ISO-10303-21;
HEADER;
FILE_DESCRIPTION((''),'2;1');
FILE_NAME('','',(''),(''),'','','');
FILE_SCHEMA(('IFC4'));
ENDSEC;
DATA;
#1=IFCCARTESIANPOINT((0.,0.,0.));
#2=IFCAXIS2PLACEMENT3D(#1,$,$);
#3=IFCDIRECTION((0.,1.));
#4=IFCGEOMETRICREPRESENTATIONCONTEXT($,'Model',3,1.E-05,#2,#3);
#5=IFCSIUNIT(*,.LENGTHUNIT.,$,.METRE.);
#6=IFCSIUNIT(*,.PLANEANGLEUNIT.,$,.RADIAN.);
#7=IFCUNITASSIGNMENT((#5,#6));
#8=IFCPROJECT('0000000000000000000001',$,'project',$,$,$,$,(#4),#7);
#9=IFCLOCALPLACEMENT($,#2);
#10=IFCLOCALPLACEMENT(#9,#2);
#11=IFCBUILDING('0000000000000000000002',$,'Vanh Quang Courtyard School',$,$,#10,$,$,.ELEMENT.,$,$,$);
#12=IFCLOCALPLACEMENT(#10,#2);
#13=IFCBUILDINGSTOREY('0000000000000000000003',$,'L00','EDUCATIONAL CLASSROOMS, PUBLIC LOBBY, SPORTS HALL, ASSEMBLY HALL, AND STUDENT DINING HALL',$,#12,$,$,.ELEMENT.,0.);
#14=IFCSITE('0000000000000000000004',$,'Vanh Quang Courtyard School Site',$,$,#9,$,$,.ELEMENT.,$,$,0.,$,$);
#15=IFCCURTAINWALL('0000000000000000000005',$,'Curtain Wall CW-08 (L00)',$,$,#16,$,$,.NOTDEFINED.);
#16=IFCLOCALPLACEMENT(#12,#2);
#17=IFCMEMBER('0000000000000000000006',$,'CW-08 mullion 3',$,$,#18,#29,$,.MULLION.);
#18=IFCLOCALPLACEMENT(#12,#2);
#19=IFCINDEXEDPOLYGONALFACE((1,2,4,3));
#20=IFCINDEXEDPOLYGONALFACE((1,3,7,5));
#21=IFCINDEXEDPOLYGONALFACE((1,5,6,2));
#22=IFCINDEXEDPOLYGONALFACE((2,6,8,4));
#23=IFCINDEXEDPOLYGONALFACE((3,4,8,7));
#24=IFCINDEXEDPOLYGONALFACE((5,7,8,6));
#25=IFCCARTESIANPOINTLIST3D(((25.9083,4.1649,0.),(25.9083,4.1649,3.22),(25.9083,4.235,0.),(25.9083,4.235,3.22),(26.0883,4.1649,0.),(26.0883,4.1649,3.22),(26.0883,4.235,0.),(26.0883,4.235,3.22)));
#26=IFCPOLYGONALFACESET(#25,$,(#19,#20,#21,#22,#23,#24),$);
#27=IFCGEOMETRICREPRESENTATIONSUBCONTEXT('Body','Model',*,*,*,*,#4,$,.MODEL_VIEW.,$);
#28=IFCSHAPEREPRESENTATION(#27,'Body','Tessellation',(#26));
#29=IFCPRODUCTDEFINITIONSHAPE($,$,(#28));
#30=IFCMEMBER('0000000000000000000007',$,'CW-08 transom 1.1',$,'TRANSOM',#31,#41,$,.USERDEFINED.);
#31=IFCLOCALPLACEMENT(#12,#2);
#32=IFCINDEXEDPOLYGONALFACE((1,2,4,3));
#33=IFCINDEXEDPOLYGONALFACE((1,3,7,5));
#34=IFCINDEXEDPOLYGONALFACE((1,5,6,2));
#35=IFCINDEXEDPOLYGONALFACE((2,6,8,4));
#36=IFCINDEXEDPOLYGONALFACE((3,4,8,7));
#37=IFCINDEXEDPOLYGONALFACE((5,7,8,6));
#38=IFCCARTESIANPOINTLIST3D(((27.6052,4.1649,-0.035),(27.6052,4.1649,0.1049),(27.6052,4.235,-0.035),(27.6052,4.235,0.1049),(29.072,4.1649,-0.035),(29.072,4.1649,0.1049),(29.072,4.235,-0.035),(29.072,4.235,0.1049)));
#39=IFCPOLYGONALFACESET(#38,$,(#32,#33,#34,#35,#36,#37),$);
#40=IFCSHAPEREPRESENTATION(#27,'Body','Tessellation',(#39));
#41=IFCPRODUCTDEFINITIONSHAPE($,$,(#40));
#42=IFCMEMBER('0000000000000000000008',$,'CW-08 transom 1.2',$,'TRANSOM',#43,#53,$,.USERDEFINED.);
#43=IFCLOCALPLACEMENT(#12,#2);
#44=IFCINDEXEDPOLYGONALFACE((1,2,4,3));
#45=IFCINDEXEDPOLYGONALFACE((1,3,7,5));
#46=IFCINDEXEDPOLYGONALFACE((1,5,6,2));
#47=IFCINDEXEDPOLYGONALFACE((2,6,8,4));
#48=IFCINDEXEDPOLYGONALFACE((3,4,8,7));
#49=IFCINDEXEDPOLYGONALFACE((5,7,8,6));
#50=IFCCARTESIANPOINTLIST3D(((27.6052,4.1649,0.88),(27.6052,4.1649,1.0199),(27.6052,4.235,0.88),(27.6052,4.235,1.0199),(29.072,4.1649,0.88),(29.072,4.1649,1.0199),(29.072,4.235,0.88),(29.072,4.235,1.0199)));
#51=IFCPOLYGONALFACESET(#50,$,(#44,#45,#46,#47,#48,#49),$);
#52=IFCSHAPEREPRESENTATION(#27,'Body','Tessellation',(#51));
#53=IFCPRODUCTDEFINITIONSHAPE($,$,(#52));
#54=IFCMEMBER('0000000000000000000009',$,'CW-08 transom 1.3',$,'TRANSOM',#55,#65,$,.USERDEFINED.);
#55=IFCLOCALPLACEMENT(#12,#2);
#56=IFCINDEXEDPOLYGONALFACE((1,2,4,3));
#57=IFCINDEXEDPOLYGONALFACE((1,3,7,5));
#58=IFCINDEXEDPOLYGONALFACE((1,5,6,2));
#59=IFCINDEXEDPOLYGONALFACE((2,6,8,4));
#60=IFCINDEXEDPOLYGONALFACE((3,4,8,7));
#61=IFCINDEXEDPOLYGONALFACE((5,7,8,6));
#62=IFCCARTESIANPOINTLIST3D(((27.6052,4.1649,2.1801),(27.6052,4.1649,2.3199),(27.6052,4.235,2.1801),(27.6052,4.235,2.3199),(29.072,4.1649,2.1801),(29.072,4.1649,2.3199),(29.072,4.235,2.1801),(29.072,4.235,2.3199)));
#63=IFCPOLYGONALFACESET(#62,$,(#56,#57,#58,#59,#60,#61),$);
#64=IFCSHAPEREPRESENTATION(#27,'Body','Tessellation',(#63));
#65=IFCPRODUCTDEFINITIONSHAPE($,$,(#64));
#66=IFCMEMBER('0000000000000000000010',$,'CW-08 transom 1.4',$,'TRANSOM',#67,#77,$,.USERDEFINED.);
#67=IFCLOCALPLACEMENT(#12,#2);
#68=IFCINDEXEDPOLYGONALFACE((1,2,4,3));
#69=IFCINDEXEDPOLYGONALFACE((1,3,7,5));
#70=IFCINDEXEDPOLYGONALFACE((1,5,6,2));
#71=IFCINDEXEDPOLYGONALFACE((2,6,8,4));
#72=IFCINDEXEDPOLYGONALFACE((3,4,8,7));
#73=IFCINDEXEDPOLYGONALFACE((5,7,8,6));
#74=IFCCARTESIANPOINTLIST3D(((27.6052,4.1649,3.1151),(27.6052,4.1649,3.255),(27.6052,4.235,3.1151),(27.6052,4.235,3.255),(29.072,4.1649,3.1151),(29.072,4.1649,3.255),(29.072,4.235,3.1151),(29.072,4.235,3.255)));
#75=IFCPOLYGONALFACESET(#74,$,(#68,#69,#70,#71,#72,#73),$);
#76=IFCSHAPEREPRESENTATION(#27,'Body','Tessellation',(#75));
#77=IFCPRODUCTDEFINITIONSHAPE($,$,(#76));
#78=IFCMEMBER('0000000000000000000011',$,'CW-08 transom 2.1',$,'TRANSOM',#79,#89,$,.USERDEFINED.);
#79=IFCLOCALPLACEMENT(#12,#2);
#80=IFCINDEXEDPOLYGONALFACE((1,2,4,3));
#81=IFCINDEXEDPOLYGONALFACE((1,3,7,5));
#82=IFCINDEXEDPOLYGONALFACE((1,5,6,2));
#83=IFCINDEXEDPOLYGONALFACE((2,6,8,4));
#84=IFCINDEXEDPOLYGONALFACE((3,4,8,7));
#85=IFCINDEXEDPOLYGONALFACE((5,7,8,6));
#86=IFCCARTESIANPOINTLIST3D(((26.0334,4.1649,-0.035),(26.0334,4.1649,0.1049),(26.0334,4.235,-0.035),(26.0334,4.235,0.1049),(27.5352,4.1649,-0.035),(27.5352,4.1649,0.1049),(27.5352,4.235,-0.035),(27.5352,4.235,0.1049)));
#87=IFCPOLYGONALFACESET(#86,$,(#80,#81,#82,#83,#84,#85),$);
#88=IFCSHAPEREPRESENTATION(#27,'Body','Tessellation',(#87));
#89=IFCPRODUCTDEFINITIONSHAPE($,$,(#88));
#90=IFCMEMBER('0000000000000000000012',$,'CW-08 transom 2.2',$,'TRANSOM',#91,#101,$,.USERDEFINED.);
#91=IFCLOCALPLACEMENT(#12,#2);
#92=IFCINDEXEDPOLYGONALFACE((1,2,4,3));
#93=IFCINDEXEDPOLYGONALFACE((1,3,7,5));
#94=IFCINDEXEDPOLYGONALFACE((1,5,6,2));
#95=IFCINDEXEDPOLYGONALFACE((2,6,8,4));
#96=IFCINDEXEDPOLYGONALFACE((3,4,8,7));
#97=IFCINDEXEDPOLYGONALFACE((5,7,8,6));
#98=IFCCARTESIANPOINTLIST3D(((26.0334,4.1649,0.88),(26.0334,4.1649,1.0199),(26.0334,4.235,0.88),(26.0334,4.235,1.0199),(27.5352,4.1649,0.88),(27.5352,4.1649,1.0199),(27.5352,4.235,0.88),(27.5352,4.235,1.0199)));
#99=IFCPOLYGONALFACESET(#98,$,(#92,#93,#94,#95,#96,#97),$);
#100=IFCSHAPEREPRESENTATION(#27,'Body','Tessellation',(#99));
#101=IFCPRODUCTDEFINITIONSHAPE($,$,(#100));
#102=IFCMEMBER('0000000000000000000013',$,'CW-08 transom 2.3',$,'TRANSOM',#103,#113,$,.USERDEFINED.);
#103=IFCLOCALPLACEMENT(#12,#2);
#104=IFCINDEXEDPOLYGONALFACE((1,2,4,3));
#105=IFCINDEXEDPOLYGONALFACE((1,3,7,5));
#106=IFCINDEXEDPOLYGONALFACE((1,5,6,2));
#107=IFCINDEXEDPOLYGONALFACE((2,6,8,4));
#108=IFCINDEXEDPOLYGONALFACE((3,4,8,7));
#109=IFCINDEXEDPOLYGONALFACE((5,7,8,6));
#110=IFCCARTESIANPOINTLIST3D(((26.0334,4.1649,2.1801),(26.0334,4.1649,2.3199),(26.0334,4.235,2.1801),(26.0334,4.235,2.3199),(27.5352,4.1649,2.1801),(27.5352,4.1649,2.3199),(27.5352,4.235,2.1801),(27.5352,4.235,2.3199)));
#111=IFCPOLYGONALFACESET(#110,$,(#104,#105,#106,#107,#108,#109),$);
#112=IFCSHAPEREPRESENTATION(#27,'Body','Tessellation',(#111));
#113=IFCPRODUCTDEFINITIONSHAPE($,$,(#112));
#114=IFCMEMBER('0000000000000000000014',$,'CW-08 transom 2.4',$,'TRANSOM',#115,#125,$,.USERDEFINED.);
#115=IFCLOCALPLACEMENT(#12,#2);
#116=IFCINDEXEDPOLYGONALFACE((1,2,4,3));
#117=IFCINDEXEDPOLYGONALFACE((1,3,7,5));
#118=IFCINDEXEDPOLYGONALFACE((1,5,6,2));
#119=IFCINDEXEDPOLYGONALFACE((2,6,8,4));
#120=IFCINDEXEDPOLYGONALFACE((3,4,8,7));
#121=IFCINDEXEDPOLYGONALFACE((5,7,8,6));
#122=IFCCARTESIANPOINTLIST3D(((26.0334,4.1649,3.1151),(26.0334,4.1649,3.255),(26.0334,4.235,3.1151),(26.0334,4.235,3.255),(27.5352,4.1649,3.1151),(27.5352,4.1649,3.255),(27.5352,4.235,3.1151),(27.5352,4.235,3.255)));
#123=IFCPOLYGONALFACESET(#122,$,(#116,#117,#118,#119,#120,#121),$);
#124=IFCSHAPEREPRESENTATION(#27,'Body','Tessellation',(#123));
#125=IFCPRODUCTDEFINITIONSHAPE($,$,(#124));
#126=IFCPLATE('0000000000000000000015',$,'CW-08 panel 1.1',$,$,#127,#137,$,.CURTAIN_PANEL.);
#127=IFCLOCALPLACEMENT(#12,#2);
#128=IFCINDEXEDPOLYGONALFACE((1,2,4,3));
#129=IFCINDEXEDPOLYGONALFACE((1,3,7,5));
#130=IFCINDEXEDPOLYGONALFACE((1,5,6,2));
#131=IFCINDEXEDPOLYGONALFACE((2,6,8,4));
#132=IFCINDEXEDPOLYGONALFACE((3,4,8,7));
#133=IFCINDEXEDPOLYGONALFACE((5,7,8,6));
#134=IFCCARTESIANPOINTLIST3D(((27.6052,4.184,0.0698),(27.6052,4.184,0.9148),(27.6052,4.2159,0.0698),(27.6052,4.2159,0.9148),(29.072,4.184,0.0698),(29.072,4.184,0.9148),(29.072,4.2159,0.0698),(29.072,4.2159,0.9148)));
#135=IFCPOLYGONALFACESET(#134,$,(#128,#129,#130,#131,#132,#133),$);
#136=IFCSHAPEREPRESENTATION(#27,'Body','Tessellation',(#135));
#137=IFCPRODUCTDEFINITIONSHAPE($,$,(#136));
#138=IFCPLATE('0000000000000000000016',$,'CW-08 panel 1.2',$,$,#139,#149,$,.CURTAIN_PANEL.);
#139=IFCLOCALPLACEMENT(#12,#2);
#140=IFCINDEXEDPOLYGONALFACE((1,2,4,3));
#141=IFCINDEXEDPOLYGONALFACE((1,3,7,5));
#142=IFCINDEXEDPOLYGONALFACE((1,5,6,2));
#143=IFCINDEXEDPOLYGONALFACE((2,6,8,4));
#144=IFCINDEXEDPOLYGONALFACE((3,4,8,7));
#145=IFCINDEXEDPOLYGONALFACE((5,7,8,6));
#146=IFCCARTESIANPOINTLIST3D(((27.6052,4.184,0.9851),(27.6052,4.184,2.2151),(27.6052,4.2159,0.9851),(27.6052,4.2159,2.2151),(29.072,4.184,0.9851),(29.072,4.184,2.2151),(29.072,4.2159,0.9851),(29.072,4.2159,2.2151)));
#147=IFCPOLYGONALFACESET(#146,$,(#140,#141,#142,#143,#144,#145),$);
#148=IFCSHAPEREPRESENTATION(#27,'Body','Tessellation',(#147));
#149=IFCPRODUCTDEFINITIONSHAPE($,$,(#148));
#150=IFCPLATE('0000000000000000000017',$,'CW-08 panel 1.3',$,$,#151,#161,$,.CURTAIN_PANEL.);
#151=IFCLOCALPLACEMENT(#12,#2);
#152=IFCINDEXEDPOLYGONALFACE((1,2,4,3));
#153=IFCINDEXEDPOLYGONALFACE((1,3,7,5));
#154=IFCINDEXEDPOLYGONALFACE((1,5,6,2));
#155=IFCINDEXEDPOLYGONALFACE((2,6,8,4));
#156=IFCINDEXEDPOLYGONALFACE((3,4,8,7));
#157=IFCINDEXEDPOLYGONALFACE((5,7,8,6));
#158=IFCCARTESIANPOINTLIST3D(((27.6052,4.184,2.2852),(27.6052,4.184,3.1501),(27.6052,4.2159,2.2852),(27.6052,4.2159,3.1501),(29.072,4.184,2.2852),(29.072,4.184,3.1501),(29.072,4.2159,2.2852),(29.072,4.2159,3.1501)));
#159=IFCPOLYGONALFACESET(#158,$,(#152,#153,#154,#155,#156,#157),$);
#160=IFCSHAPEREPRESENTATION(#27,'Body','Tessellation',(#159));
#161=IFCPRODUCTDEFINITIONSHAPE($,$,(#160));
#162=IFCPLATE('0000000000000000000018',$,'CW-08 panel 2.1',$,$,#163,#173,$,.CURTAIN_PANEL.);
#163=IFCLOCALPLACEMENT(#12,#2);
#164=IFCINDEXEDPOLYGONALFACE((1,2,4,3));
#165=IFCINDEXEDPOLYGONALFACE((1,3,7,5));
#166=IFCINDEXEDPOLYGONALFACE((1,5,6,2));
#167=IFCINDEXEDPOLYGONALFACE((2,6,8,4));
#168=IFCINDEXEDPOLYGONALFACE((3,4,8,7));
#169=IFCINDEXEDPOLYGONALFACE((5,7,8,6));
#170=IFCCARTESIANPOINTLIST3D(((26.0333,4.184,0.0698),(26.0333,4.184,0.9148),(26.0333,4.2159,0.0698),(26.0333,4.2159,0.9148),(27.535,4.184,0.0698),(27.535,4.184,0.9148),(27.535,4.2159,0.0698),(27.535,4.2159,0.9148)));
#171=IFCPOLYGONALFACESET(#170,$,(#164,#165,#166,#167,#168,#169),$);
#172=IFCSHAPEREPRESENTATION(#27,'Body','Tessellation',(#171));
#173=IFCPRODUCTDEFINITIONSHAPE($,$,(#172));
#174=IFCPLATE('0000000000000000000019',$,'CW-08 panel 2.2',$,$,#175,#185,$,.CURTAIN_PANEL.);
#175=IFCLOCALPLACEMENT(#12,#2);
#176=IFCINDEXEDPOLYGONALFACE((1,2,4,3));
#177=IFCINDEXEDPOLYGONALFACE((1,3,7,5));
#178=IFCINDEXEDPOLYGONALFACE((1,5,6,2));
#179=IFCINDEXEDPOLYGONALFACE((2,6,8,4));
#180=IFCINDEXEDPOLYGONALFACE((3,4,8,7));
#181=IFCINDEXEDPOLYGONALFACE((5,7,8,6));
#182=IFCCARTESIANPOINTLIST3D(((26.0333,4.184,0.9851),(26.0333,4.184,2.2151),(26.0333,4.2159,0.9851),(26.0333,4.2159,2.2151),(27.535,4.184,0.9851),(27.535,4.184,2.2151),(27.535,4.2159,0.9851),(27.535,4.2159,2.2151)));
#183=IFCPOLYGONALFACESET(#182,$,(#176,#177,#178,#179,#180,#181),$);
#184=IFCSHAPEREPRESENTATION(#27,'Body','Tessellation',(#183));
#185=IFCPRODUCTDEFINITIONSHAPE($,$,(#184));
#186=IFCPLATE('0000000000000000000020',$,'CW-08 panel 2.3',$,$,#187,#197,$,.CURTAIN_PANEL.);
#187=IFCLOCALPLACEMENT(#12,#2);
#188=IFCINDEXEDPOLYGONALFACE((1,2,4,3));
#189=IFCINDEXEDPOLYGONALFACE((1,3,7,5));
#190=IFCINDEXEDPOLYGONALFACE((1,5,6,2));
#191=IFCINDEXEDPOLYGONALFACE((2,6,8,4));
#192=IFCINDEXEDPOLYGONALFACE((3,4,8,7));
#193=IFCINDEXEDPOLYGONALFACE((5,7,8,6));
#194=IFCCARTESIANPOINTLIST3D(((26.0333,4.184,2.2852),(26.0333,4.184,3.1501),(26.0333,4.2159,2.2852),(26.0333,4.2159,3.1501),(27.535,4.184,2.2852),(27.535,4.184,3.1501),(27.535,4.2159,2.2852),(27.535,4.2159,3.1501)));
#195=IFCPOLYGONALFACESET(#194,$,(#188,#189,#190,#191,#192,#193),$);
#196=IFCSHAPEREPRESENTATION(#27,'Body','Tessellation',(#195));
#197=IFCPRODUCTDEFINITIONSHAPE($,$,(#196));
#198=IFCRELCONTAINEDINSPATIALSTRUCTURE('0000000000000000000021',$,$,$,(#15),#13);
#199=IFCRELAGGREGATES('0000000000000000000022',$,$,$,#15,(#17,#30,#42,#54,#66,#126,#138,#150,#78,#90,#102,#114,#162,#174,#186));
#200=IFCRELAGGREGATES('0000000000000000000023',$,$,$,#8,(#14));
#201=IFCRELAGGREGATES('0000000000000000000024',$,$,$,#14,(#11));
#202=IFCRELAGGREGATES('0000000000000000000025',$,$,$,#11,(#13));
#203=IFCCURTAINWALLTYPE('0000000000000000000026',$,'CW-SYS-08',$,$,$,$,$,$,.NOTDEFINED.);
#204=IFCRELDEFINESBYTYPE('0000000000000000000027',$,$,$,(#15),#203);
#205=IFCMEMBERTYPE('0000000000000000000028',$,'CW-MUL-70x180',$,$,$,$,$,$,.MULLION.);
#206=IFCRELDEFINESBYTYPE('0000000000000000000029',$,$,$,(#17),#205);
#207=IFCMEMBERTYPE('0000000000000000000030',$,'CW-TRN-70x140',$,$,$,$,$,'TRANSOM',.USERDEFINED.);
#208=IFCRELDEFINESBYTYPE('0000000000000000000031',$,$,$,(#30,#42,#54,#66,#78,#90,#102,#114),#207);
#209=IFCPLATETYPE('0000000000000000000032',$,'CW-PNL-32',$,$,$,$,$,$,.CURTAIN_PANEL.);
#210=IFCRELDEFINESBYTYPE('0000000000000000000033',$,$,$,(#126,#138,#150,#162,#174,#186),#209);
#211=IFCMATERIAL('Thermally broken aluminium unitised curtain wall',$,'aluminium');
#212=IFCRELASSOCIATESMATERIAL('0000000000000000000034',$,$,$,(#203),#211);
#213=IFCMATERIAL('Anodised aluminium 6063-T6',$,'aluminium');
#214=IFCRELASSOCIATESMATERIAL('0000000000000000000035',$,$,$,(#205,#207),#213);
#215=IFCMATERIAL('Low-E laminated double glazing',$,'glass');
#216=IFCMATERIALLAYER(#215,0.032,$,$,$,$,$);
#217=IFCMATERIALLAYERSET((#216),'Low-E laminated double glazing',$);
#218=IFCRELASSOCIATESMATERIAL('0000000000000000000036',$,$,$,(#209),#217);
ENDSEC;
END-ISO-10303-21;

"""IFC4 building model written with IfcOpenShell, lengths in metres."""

from ifc_helpers import new_model, si_unit, direction, frame, origin, origin_2d, place, context, subcontext, project, spatial, rectangle, extrude, material, layer, layer_set, material_profile, profile_set, type_object, element, aggregate, save


model = new_model("IFC4")

# Units and contexts
model_context = context("Model", 3, precision=1e-05, world=origin(), true_north=direction((0.0, 1.0)))
body_context = subcontext(model_context, "Body", "Model", "MODEL_VIEW")
ifc_project = project(units=[si_unit("LENGTHUNIT", "METRE"), si_unit("PLANEANGLEUNIT", "RADIAN")], contexts=[model_context])

# Site, building, storey
site_placement = place(None, origin())
site = spatial("IfcSite", under=ifc_project, at=site_placement, Name="Vanh Quang Courtyard School Site", CompositionType="ELEMENT", RefElevation=0.0)
building_placement = place(site_placement, origin())
building = spatial("IfcBuilding", under=site, at=building_placement, Name="Vanh Quang Courtyard School", CompositionType="ELEMENT")
storey_placement = place(building_placement, origin())
storey = spatial("IfcBuildingStorey", under=building, at=storey_placement, Name="L00", Description="EDUCATIONAL CLASSROOMS, PUBLIC LOBBY, SPORTS HALL, ASSEMBLY HALL, AND STUDENT DINING HALL", CompositionType="ELEMENT", Elevation=0.0)

# Shared definitions
ifc_material_1 = material(Name="Thermally broken aluminium unitised curtain wall", Category="aluminium")
ifc_material_2 = material(Name="Anodised aluminium 6063-T6", Category="aluminium")

# Curtain wall, members, plates
curtain_wall_type_1 = type_object("IfcCurtainWallType", Name="CW-SYS-08", PredefinedType="NOTDEFINED", material=ifc_material_1)
curtain_wall_1_placement = place(storey_placement, origin())
curtain_wall_1 = element("IfcCurtainWall", 1, at=curtain_wall_1_placement, inside=storey, type_object=curtain_wall_type_1, Name="Curtain Wall CW-08 (L00)", PredefinedType="NOTDEFINED")
ifc_material_profile_1 = material_profile(ifc_material_2, rectangle(XDim=0.0701, YDim=0.1799, at=origin_2d()), Name="ALU-MUL 70x180")
ifc_profile_set_1 = profile_set([ifc_material_profile_1], Name="Anodised aluminium 6063-T6")
member_type_1 = type_object("IfcMemberType", Name="CW-MUL-70x180", PredefinedType="MULLION", material=ifc_profile_set_1)
member_1_placement = place(storey_placement, frame((25.9983, 4.2, 0.0), z_axis=(0.0, 0.0, 1.0), x_axis=(0.0, -1.0, 0.0)))
member_1 = element("IfcMember", 2, at=member_1_placement, type_object=member_type_1, Name="CW-08 mullion 3", PredefinedType="MULLION", context=body_context, shape_type="SweptSolid", body=[
    extrude(rectangle(XDim=0.0701, YDim=0.1799, at=origin_2d()), origin(), (0.0, 0.0, 1.0), 3.22),
])
ifc_material_profile_2 = material_profile(ifc_material_2, rectangle(XDim=0.0701, YDim=0.1399, at=origin_2d()), Name="ALU-TRN 70x140")
ifc_profile_set_2 = profile_set([ifc_material_profile_2], Name="Anodised aluminium 6063-T6")
member_type_2 = type_object("IfcMemberType", Name="CW-TRN-70x140", ElementType="TRANSOM", PredefinedType="USERDEFINED", material=ifc_profile_set_2)
member_2_placement = place(storey_placement, frame((29.072, 4.2, 0.0349), z_axis=(-1.0, 0.0, 0.0), x_axis=(0.0, -1.0, 0.0)))
member_2 = element("IfcMember", 3, at=member_2_placement, type_object=member_type_2, Name="CW-08 transom 1.1", ObjectType="TRANSOM", PredefinedType="USERDEFINED", context=body_context, shape_type="SweptSolid", body=[
    extrude(rectangle(XDim=0.0701, YDim=0.1399, at=origin_2d()), origin(), (0.0, 0.0, 1.0), 1.4668),
])
member_3_placement = place(storey_placement, frame((29.072, 4.2, 0.95), z_axis=(-1.0, 0.0, 0.0), x_axis=(0.0, -1.0, 0.0)))
member_3 = element("IfcMember", 4, at=member_3_placement, type_object=member_type_2, Name="CW-08 transom 1.2", ObjectType="TRANSOM", PredefinedType="USERDEFINED", context=body_context, shape_type="SweptSolid", body=[
    extrude(rectangle(XDim=0.0701, YDim=0.1399, at=origin_2d()), origin(), (0.0, 0.0, 1.0), 1.4668),
])
member_4_placement = place(storey_placement, frame((29.072, 4.2, 2.25), z_axis=(-1.0, 0.0, 0.0), x_axis=(0.0, -1.0, 0.0)))
member_4 = element("IfcMember", 5, at=member_4_placement, type_object=member_type_2, Name="CW-08 transom 1.3", ObjectType="TRANSOM", PredefinedType="USERDEFINED", context=body_context, shape_type="SweptSolid", body=[
    extrude(rectangle(XDim=0.0701, YDim=0.1399, at=origin_2d()), origin(), (0.0, 0.0, 1.0), 1.4668),
])
member_5_placement = place(storey_placement, frame((29.072, 4.2, 3.1851), z_axis=(-1.0, 0.0, 0.0), x_axis=(0.0, -1.0, 0.0)))
member_5 = element("IfcMember", 6, at=member_5_placement, type_object=member_type_2, Name="CW-08 transom 1.4", ObjectType="TRANSOM", PredefinedType="USERDEFINED", context=body_context, shape_type="SweptSolid", body=[
    extrude(rectangle(XDim=0.0701, YDim=0.1399, at=origin_2d()), origin(), (0.0, 0.0, 1.0), 1.4668),
])
member_6_placement = place(storey_placement, frame((27.5352, 4.2, 0.0349), z_axis=(-1.0, 0.0, 0.0), x_axis=(0.0, -1.0, 0.0)))
member_6 = element("IfcMember", 7, at=member_6_placement, type_object=member_type_2, Name="CW-08 transom 2.1", ObjectType="TRANSOM", PredefinedType="USERDEFINED", context=body_context, shape_type="SweptSolid", body=[
    extrude(rectangle(XDim=0.0701, YDim=0.1399, at=origin_2d()), origin(), (0.0, 0.0, 1.0), 1.5017),
])
member_7_placement = place(storey_placement, frame((27.5352, 4.2, 0.95), z_axis=(-1.0, 0.0, 0.0), x_axis=(0.0, -1.0, 0.0)))
member_7 = element("IfcMember", 8, at=member_7_placement, type_object=member_type_2, Name="CW-08 transom 2.2", ObjectType="TRANSOM", PredefinedType="USERDEFINED", context=body_context, shape_type="SweptSolid", body=[
    extrude(rectangle(XDim=0.0701, YDim=0.1399, at=origin_2d()), origin(), (0.0, 0.0, 1.0), 1.5017),
])
member_8_placement = place(storey_placement, frame((27.5352, 4.2, 2.25), z_axis=(-1.0, 0.0, 0.0), x_axis=(0.0, -1.0, 0.0)))
member_8 = element("IfcMember", 9, at=member_8_placement, type_object=member_type_2, Name="CW-08 transom 2.3", ObjectType="TRANSOM", PredefinedType="USERDEFINED", context=body_context, shape_type="SweptSolid", body=[
    extrude(rectangle(XDim=0.0701, YDim=0.1399, at=origin_2d()), origin(), (0.0, 0.0, 1.0), 1.5017),
])
member_9_placement = place(storey_placement, frame((27.5352, 4.2, 3.1851), z_axis=(-1.0, 0.0, 0.0), x_axis=(0.0, -1.0, 0.0)))
member_9 = element("IfcMember", 10, at=member_9_placement, type_object=member_type_2, Name="CW-08 transom 2.4", ObjectType="TRANSOM", PredefinedType="USERDEFINED", context=body_context, shape_type="SweptSolid", body=[
    extrude(rectangle(XDim=0.0701, YDim=0.1399, at=origin_2d()), origin(), (0.0, 0.0, 1.0), 1.5017),
])
ifc_material_3 = material(Name="Low-E laminated double glazing", Category="glass")
ifc_layer_1 = layer(ifc_material_3, 0.032)
ifc_layer_set_1 = layer_set([ifc_layer_1], Name="Low-E laminated double glazing")
plate_type = type_object("IfcPlateType", Name="CW-PNL-32", PredefinedType="CURTAIN_PANEL", material=ifc_layer_set_1)
plate_1_placement = place(storey_placement, frame((28.3386, 4.2, 0.0698), z_axis=(0.0, 0.0, 1.0), x_axis=(-1.0, 0.0, 0.0)))
plate_1 = element("IfcPlate", 11, at=plate_1_placement, type_object=plate_type, Name="CW-08 panel 1.1", PredefinedType="CURTAIN_PANEL", context=body_context, shape_type="SweptSolid", body=[
    extrude(rectangle(XDim=1.4668, YDim=0.032, at=origin_2d()), origin(), (0.0, 0.0, 1.0), 0.845),
])
plate_2_placement = place(storey_placement, frame((28.3386, 4.2, 0.9851), z_axis=(0.0, 0.0, 1.0), x_axis=(-1.0, 0.0, 0.0)))
plate_2 = element("IfcPlate", 12, at=plate_2_placement, type_object=plate_type, Name="CW-08 panel 1.2", PredefinedType="CURTAIN_PANEL", context=body_context, shape_type="SweptSolid", body=[
    extrude(rectangle(XDim=1.4668, YDim=0.032, at=origin_2d()), origin(), (0.0, 0.0, 1.0), 1.23),
])
plate_3_placement = place(storey_placement, frame((28.3386, 4.2, 2.2852), z_axis=(0.0, 0.0, 1.0), x_axis=(-1.0, 0.0, 0.0)))
plate_3 = element("IfcPlate", 13, at=plate_3_placement, type_object=plate_type, Name="CW-08 panel 1.3", PredefinedType="CURTAIN_PANEL", context=body_context, shape_type="SweptSolid", body=[
    extrude(rectangle(XDim=1.4668, YDim=0.032, at=origin_2d()), origin(), (0.0, 0.0, 1.0), 0.865),
])
plate_4_placement = place(storey_placement, frame((26.7842, 4.2, 0.0698), z_axis=(0.0, 0.0, 1.0), x_axis=(-1.0, 0.0, 0.0)))
plate_4 = element("IfcPlate", 14, at=plate_4_placement, type_object=plate_type, Name="CW-08 panel 2.1", PredefinedType="CURTAIN_PANEL", context=body_context, shape_type="SweptSolid", body=[
    extrude(rectangle(XDim=1.5017, YDim=0.032, at=origin_2d()), origin(), (0.0, 0.0, 1.0), 0.845),
])
plate_5_placement = place(storey_placement, frame((26.7842, 4.2, 0.9851), z_axis=(0.0, 0.0, 1.0), x_axis=(-1.0, 0.0, 0.0)))
plate_5 = element("IfcPlate", 15, at=plate_5_placement, type_object=plate_type, Name="CW-08 panel 2.2", PredefinedType="CURTAIN_PANEL", context=body_context, shape_type="SweptSolid", body=[
    extrude(rectangle(XDim=1.5017, YDim=0.032, at=origin_2d()), origin(), (0.0, 0.0, 1.0), 1.23),
])
plate_6_placement = place(storey_placement, frame((26.7842, 4.2, 2.2852), z_axis=(0.0, 0.0, 1.0), x_axis=(-1.0, 0.0, 0.0)))
plate_6 = element("IfcPlate", 16, at=plate_6_placement, type_object=plate_type, Name="CW-08 panel 2.3", PredefinedType="CURTAIN_PANEL", context=body_context, shape_type="SweptSolid", body=[
    extrude(rectangle(XDim=1.5017, YDim=0.032, at=origin_2d()), origin(), (0.0, 0.0, 1.0), 0.865),
])
aggregate(curtain_wall_1, [member_1, member_2, member_3, member_4, member_5, plate_1, plate_2, plate_3, member_6, member_7, member_8, member_9, plate_4, plate_5, plate_6])

save(model, "model.ifc")
